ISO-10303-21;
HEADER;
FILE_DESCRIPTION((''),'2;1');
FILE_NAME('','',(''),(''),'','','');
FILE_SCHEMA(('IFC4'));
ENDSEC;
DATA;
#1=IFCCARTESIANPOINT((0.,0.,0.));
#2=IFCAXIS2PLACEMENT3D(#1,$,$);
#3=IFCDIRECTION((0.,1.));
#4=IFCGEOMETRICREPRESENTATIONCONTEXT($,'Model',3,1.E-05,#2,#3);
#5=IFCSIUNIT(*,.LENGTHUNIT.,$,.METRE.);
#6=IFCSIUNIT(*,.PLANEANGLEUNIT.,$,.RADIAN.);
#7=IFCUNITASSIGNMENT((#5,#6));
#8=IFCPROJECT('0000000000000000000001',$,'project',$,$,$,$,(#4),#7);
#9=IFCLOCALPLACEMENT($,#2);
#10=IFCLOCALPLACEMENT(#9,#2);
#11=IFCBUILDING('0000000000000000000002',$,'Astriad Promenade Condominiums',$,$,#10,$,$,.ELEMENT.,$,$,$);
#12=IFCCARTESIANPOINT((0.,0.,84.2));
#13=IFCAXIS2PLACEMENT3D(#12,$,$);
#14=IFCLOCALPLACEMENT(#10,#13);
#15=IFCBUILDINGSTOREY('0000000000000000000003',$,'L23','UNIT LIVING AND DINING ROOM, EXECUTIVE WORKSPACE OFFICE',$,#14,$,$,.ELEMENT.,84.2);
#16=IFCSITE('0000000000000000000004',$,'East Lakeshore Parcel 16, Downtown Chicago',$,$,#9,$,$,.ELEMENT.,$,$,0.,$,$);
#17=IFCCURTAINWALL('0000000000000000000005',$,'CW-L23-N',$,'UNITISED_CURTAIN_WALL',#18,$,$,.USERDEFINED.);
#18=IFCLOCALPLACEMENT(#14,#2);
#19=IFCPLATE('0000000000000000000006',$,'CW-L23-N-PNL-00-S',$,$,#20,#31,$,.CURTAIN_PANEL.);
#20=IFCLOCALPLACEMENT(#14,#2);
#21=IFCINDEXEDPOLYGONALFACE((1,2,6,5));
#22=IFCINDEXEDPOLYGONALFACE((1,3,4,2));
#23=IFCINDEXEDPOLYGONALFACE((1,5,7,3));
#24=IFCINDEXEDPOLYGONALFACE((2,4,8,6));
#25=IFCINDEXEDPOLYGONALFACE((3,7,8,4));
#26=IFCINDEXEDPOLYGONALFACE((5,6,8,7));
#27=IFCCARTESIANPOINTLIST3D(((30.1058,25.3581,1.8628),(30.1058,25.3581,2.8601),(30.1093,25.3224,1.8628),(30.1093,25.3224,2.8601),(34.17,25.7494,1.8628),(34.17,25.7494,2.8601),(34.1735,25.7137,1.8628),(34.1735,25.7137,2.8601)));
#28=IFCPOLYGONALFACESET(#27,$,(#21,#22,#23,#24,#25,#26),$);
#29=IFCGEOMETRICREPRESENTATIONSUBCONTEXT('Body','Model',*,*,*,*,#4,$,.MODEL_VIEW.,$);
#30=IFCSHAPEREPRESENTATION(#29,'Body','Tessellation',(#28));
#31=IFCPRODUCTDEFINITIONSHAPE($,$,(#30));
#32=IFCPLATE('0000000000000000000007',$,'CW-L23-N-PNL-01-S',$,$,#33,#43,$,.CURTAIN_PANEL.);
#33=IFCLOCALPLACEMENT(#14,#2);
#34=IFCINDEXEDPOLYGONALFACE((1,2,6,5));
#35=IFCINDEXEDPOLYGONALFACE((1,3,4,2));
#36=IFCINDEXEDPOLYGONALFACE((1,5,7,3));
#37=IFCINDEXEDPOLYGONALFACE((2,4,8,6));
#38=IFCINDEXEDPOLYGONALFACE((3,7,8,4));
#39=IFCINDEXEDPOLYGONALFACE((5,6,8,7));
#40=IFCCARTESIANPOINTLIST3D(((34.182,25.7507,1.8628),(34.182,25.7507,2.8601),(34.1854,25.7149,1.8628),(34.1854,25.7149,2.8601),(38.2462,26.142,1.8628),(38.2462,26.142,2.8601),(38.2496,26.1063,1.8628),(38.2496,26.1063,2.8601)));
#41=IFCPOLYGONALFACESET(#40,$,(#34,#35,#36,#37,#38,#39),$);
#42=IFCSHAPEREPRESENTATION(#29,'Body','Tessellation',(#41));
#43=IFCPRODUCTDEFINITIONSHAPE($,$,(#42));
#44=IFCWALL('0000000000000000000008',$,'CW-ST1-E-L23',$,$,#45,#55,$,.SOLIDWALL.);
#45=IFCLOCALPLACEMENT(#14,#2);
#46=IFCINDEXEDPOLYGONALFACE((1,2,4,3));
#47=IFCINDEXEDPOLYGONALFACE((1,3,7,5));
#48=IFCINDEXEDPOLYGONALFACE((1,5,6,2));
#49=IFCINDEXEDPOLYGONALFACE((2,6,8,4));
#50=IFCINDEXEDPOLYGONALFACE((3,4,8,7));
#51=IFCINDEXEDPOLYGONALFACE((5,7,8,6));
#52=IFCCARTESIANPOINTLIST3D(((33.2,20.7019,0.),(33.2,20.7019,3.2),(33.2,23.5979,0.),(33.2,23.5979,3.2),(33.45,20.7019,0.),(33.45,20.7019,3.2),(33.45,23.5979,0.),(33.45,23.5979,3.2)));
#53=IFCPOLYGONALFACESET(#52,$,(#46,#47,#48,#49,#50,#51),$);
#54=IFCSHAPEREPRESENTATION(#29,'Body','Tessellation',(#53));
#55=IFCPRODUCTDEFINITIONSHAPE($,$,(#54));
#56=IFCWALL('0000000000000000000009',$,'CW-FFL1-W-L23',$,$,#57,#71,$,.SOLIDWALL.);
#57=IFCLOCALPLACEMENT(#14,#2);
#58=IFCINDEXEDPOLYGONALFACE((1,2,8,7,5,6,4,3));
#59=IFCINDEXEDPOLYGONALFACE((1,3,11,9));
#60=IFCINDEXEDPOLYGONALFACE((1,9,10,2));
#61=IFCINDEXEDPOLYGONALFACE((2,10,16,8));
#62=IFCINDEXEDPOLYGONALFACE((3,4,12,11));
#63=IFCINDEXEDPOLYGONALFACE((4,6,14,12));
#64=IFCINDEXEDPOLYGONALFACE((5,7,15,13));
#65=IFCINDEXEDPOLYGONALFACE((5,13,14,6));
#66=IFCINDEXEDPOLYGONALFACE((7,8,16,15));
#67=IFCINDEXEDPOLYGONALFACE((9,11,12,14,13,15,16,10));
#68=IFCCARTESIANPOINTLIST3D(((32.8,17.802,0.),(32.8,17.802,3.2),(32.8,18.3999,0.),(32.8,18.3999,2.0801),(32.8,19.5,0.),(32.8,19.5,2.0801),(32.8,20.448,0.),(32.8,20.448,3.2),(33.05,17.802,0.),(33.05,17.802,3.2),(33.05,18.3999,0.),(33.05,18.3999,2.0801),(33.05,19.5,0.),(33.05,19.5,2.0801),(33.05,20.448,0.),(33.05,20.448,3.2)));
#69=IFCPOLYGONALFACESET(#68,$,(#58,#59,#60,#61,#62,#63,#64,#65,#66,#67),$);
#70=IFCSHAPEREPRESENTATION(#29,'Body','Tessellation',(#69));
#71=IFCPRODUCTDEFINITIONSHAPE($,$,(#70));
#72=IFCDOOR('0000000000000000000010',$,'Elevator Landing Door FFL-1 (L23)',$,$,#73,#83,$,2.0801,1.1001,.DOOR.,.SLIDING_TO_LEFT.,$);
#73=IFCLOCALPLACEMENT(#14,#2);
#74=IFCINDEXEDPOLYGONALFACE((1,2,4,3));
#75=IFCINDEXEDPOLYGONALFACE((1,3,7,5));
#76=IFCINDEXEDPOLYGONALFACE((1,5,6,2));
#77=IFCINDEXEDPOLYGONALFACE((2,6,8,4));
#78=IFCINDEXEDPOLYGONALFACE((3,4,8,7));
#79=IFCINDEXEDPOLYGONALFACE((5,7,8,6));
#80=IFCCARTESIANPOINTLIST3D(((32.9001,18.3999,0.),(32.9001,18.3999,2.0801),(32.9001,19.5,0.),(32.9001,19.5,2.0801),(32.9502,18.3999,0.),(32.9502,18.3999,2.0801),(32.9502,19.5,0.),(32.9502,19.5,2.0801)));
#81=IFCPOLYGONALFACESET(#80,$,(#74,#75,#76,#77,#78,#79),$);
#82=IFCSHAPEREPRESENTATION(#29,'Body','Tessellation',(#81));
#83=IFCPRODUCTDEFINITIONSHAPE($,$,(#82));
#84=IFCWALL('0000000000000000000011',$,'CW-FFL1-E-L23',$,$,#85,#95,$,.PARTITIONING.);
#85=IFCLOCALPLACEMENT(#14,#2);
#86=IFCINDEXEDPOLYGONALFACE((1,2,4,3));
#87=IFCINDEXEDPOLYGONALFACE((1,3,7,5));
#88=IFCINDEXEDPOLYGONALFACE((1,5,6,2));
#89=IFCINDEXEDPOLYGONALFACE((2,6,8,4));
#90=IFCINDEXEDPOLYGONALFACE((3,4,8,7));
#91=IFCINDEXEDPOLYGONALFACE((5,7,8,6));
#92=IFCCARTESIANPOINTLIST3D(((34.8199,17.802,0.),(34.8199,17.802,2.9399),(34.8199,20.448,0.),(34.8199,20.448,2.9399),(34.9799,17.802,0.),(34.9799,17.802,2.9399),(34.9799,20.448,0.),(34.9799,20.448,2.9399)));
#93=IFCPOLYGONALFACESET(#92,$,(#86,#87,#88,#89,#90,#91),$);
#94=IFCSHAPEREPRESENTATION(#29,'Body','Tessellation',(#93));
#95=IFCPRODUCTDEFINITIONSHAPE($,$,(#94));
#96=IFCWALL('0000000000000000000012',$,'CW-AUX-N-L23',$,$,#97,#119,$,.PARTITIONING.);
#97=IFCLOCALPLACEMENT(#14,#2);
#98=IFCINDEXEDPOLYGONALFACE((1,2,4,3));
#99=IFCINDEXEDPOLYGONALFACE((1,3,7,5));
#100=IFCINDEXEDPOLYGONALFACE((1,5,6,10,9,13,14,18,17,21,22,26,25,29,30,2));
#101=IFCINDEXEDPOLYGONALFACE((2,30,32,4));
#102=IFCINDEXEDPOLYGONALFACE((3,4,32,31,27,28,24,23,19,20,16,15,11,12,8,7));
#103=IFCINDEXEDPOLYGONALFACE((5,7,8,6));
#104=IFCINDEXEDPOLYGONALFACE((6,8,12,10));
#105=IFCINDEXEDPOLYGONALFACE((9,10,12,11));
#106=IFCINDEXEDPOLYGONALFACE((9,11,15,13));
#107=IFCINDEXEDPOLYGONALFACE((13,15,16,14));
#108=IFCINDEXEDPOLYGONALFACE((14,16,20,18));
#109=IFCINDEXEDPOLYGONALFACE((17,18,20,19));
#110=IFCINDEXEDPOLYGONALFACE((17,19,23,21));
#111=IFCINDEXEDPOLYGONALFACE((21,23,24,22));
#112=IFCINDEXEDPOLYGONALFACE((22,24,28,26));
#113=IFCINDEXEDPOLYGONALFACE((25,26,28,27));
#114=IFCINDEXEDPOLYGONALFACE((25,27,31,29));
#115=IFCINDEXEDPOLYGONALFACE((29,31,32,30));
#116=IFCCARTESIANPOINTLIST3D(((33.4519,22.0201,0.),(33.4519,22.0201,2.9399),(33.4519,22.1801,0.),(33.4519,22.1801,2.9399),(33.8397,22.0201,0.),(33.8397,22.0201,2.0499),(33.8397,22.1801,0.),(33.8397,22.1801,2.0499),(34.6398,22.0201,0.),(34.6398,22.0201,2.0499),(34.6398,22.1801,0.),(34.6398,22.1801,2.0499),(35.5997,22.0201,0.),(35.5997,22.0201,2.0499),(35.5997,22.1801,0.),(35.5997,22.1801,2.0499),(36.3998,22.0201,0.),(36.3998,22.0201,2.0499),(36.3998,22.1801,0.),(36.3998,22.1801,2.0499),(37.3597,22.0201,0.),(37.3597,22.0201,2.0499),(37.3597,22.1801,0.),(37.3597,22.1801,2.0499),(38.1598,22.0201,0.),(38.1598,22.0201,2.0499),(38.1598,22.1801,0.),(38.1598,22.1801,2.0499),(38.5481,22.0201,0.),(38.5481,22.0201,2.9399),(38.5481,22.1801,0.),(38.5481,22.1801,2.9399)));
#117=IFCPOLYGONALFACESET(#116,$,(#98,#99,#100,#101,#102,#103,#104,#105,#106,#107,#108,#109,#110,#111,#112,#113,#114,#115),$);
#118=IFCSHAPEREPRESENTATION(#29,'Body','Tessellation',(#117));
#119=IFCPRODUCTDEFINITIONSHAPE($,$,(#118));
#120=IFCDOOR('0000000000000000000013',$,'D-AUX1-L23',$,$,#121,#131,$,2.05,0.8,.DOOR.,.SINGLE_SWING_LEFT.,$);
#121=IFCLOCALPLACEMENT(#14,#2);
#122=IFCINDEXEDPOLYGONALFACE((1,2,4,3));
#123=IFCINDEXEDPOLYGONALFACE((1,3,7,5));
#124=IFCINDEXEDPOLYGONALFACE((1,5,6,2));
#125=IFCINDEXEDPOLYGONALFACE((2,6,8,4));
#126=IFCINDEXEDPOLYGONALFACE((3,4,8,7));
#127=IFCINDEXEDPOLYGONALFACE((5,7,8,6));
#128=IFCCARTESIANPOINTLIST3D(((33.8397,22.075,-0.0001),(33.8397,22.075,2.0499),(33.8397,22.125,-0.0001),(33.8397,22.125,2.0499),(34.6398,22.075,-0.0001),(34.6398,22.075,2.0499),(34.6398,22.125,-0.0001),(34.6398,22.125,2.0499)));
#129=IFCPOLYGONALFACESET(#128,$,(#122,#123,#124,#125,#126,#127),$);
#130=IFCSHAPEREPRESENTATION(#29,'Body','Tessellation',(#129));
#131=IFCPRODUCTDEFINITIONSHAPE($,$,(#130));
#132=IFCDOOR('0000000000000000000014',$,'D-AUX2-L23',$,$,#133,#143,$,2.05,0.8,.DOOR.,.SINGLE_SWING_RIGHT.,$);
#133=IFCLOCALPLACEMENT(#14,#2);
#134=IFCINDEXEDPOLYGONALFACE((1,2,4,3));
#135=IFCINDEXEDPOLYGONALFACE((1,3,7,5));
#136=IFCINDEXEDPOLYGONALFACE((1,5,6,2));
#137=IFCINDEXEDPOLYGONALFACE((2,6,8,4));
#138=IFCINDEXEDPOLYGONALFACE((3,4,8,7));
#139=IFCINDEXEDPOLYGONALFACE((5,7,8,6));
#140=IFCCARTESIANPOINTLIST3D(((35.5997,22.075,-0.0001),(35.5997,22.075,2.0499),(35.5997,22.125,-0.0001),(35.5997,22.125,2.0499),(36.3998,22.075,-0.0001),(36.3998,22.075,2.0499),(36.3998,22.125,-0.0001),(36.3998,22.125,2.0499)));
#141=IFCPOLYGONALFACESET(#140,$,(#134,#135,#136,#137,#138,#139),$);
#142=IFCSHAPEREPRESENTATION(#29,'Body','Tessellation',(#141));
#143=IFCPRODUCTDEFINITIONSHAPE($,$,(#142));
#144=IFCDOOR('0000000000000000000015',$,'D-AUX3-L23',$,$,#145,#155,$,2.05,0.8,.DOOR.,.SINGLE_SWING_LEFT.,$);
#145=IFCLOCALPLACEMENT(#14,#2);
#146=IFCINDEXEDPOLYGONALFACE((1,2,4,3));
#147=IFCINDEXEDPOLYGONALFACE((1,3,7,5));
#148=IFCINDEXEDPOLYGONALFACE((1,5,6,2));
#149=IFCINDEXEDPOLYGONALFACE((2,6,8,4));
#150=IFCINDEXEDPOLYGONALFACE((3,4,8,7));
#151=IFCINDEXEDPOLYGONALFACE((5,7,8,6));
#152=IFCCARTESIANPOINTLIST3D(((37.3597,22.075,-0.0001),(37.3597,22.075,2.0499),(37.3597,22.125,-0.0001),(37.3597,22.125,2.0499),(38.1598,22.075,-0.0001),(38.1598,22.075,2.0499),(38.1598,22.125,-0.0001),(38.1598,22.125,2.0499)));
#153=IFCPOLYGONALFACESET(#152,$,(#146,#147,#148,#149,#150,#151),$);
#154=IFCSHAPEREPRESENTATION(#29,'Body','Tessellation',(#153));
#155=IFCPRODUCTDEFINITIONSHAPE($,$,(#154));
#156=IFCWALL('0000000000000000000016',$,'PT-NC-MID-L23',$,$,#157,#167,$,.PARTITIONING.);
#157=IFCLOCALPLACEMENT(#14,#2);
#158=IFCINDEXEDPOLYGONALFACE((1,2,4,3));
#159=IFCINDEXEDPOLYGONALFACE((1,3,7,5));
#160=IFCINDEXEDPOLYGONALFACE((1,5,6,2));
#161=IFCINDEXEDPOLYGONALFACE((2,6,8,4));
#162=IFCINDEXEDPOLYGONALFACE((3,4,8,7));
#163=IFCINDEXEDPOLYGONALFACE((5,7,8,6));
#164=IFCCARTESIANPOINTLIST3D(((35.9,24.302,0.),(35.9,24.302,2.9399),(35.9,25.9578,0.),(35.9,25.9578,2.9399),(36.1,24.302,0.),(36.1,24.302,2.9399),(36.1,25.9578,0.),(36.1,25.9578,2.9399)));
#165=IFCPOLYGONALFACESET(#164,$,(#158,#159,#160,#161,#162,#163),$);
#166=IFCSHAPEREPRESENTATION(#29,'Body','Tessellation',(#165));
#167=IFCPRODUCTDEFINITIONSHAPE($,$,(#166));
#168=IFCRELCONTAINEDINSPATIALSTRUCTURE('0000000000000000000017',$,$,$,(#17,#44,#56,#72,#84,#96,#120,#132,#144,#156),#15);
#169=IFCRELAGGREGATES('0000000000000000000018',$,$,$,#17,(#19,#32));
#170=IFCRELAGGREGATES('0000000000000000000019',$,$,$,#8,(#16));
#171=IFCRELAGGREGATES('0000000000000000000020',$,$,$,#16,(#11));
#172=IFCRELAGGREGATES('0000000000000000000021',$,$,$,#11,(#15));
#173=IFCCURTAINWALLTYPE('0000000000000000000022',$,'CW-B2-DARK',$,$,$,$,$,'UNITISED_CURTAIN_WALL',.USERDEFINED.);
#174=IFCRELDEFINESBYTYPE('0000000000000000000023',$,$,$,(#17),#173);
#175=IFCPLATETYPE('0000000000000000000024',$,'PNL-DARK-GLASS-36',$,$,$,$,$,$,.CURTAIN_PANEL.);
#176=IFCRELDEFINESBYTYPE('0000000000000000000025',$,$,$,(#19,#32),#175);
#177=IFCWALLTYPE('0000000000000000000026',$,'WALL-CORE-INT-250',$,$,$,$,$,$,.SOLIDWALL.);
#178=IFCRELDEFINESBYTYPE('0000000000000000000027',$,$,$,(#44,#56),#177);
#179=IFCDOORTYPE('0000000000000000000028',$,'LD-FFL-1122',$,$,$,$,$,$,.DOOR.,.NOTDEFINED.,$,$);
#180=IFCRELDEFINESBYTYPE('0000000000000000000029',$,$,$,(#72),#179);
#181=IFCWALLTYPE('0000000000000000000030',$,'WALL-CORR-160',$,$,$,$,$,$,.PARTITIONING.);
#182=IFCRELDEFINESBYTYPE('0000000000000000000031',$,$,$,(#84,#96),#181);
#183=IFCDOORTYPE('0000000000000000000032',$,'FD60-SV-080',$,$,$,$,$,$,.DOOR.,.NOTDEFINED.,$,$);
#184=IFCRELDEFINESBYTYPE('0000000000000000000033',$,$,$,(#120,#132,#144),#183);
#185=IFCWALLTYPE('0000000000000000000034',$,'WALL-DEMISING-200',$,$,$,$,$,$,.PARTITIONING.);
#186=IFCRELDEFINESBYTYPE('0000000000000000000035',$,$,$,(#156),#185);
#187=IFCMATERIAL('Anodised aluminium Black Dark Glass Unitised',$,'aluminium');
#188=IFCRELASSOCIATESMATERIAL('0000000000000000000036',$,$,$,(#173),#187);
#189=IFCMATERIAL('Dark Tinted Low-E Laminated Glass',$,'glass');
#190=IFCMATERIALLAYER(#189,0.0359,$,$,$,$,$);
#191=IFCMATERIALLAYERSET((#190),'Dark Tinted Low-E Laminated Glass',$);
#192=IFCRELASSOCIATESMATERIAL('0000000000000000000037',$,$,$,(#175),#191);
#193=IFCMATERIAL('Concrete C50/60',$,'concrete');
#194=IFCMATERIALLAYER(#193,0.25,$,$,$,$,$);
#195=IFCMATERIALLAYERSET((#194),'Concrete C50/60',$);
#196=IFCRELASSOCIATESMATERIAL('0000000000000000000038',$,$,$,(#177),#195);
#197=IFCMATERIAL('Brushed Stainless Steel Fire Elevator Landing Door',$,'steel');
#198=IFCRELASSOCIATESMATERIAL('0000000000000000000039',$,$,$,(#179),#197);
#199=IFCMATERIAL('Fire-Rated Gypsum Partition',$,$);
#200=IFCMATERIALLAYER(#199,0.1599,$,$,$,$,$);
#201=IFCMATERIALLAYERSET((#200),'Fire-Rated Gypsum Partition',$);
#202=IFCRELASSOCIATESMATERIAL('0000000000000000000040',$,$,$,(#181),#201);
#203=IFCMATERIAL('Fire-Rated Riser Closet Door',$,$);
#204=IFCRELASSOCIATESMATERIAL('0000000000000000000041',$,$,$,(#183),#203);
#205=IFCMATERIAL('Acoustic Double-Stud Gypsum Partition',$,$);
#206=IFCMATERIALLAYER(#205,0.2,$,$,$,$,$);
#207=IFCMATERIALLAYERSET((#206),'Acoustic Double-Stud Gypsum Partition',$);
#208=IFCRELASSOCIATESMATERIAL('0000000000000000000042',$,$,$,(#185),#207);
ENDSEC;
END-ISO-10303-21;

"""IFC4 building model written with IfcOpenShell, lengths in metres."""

from ifc_helpers import new_model, si_unit, direction, frame, frame_2d, origin, origin_2d, place, context, subcontext, project, spatial, rectangle, extrude, source, transform, mapped, material, layer, layer_set, type_object, type_shapes, element, fill, aggregate, save


model = new_model("IFC4")

# Units and contexts
model_context = context("Model", 3, precision=1e-05, world=origin(), true_north=direction((0.0, 1.0)))
body_context = subcontext(model_context, "Body", "Model", "MODEL_VIEW")
ifc_project = project(units=[si_unit("LENGTHUNIT", "METRE"), si_unit("PLANEANGLEUNIT", "RADIAN")], contexts=[model_context])

# Site, building, storey
site_placement = place(None, origin())
site = spatial("IfcSite", under=ifc_project, at=site_placement, Name="East Lakeshore Parcel 16, Downtown Chicago", CompositionType="ELEMENT", RefElevation=0.0)
building_placement = place(site_placement, origin())
building = spatial("IfcBuilding", under=site, at=building_placement, Name="Astriad Promenade Condominiums", CompositionType="ELEMENT")
storey_placement = place(building_placement, frame((0.0, 0.0, 84.2)))
storey = spatial("IfcBuildingStorey", under=building, at=storey_placement, Name="L23", Description="UNIT LIVING AND DINING ROOM, EXECUTIVE WORKSPACE OFFICE", CompositionType="ELEMENT", Elevation=84.2)

# Curtain wall, plates
ifc_material_1 = material(Name="Anodised aluminium Black Dark Glass Unitised", Category="aluminium")
curtain_wall_type = type_object("IfcCurtainWallType", Name="CW-B2-DARK", ElementType="UNITISED_CURTAIN_WALL", PredefinedType="USERDEFINED", material=ifc_material_1)
curtain_wall_placement = place(storey_placement, origin())
curtain_wall = element("IfcCurtainWall", 1, at=curtain_wall_placement, inside=storey, type_object=curtain_wall_type, Name="CW-L23-N", ObjectType="UNITISED_CURTAIN_WALL", PredefinedType="USERDEFINED")
ifc_material_2 = material(Name="Dark Tinted Low-E Laminated Glass", Category="glass")
ifc_layer_1 = layer(ifc_material_2, 0.0359)
ifc_layer_set_1 = layer_set([ifc_layer_1], Name="Dark Tinted Low-E Laminated Glass")
plate_type = type_object("IfcPlateType", Name="PNL-DARK-GLASS-36", PredefinedType="CURTAIN_PANEL", material=ifc_layer_set_1)
shared_shape_1 = source(origin(), body_context, "Body", "SweptSolid", [
    extrude(rectangle(XDim=4.083, YDim=0.0359, at=origin_2d()), origin(), (0.0, 0.0, 1.0), 0.9973),
])
plate_1_placement = place(storey_placement, frame((32.1396, 25.5359, 1.8628), z_axis=(0.0, 0.0, 1.0), x_axis=(0.995396, 0.095846, 0.0)))
plate_1 = element("IfcPlate", 2, at=plate_1_placement, type_object=plate_type, Name="CW-L23-N-PNL-00-S", PredefinedType="CURTAIN_PANEL", context=body_context, shape_type="MappedRepresentation", body=[
    mapped(shared_shape_1, transform((0.0, 0.0, 0.0), scale=1.0)),
])
plate_2_placement = place(storey_placement, frame((36.2158, 25.9285, 1.8628), z_axis=(0.0, 0.0, 1.0), x_axis=(0.995396, 0.095846, 0.0)))
plate_2 = element("IfcPlate", 3, at=plate_2_placement, type_object=plate_type, Name="CW-L23-N-PNL-01-S", PredefinedType="CURTAIN_PANEL", context=body_context, shape_type="MappedRepresentation", body=[
    mapped(shared_shape_1, transform((0.0, 0.0, 0.0), scale=1.0)),
])
aggregate(curtain_wall, [plate_1, plate_2])

# Wall
ifc_material_3 = material(Name="Concrete C50/60", Category="concrete")
ifc_layer_2 = layer(ifc_material_3, 0.25)
ifc_layer_set_2 = layer_set([ifc_layer_2], Name="Concrete C50/60")
wall_type_1 = type_object("IfcWallType", Name="WALL-CORE-INT-250", PredefinedType="SOLIDWALL", material=ifc_layer_set_2)
wall_1_placement = place(storey_placement, frame((33.325, 20.7019, 0.0), z_axis=(0.0, 0.0, 1.0), x_axis=(0.0, 1.0, 0.0)))
element("IfcWall", 4, at=wall_1_placement, inside=storey, type_object=wall_type_1, Name="CW-ST1-E-L23", PredefinedType="SOLIDWALL", context=body_context, shape_type="SweptSolid", body=[
    extrude(rectangle(XDim=2.896, YDim=0.25, at=frame_2d((1.448, 0.0))), origin(), (0.0, 0.0, 1.0), 3.2),
])

# Wall, opening, door
wall_2_placement = place(storey_placement, frame((32.925, 17.802, 0.0), z_axis=(0.0, 0.0, 1.0), x_axis=(0.0, 1.0, 0.0)))
wall_2 = element("IfcWall", 5, at=wall_2_placement, inside=storey, type_object=wall_type_1, Name="CW-FFL1-W-L23", PredefinedType="SOLIDWALL", context=body_context, shape_type="SweptSolid", body=[
    extrude(rectangle(XDim=2.646, YDim=0.25, at=frame_2d((1.323, 0.0))), origin(), (0.0, 0.0, 1.0), 3.2),
])
opening_1_placement = place(wall_2_placement, frame((0.5979, 0.0, 0.0)))
opening_1 = element("IfcOpeningElement", 6, at=opening_1_placement, cuts=wall_2, PredefinedType="OPENING", context=body_context, shape_type="SweptSolid", body=[
    extrude(rectangle(XDim=1.1001, YDim=2.0801, at=frame_2d((0.55, 1.04))), frame((0.0, 0.135, 0.0), z_axis=(0.0, -1.0, 0.0), x_axis=(1.0, 0.0, 0.0)), (0.0, 0.0, 1.0), 0.27),
])
ifc_material_4 = material(Name="Brushed Stainless Steel Fire Elevator Landing Door", Category="steel")
door_type_1 = type_object("IfcDoorType", Name="LD-FFL-1122", OperationType="NOTDEFINED", PredefinedType="DOOR", material=ifc_material_4)
shared_shape_2 = source(origin(), body_context, "Body", "SweptSolid", [
    extrude(rectangle(XDim=1.1001, YDim=2.0801, at=frame_2d((0.55, 1.04))), frame((0.0, 0.0249, 0.0), z_axis=(0.0, -1.0, 0.0), x_axis=(1.0, 0.0, 0.0)), (0.0, 0.0, 1.0), 0.05),
])
type_shapes(door_type_1, [shared_shape_2])
door_1_placement = place(opening_1_placement, origin())
door_1 = element("IfcDoor", 7, at=door_1_placement, inside=storey, type_object=door_type_1, Name="Elevator Landing Door FFL-1 (L23)", OperationType="SLIDING_TO_LEFT", OverallHeight=2.0801, OverallWidth=1.1001, PredefinedType="DOOR", context=body_context, shape_type="MappedRepresentation", body=[
    mapped(shared_shape_2, transform((0.0, 0.0, 0.0), scale=1.0)),
])
fill(opening_1, door_1)

# Wall
ifc_material_5 = material(Name="Fire-Rated Gypsum Partition")
ifc_layer_3 = layer(ifc_material_5, 0.1599)
ifc_layer_set_3 = layer_set([ifc_layer_3], Name="Fire-Rated Gypsum Partition")
wall_type_2 = type_object("IfcWallType", Name="WALL-CORR-160", PredefinedType="PARTITIONING", material=ifc_layer_set_3)
wall_3_placement = place(storey_placement, frame((34.8999, 17.802, 0.0), z_axis=(0.0, 0.0, 1.0), x_axis=(0.0, 1.0, 0.0)))
element("IfcWall", 8, at=wall_3_placement, inside=storey, type_object=wall_type_2, Name="CW-FFL1-E-L23", PredefinedType="PARTITIONING", context=body_context, shape_type="SweptSolid", body=[
    extrude(rectangle(XDim=2.646, YDim=0.1599, at=frame_2d((1.323, 0.0))), origin(), (0.0, 0.0, 1.0), 2.9399),
])

# Wall, openings, doors
wall_4_placement = place(storey_placement, frame((33.4519, 22.1001, 0.0), z_axis=(0.0, 0.0, 1.0), x_axis=(1.0, 0.0, 0.0)))
wall_4 = element("IfcWall", 9, at=wall_4_placement, inside=storey, type_object=wall_type_2, Name="CW-AUX-N-L23", PredefinedType="PARTITIONING", context=body_context, shape_type="SweptSolid", body=[
    extrude(rectangle(XDim=5.0962, YDim=0.1599, at=frame_2d((2.5481, 0.0))), origin(), (0.0, 0.0, 1.0), 2.9399),
])
opening_2_placement = place(wall_4_placement, frame((0.3879, 0.0, 0.0)))
opening_2 = element("IfcOpeningElement", 10, at=opening_2_placement, cuts=wall_4, PredefinedType="OPENING", context=body_context, shape_type="SweptSolid", body=[
    extrude(rectangle(XDim=0.8, YDim=2.05, at=frame_2d((0.3999, 1.0249))), frame((0.0, 0.0898, 0.0), z_axis=(0.0, -1.0, 0.0), x_axis=(1.0, 0.0, 0.0)), (0.0, 0.0, 1.0), 0.1799),
])
opening_3_placement = place(wall_4_placement, frame((2.1479, 0.0, 0.0)))
opening_3 = element("IfcOpeningElement", 11, at=opening_3_placement, cuts=wall_4, PredefinedType="OPENING", context=body_context, shape_type="SweptSolid", body=[
    extrude(rectangle(XDim=0.8, YDim=2.05, at=frame_2d((0.3999, 1.0249))), frame((0.0, 0.0898, 0.0), z_axis=(0.0, -1.0, 0.0), x_axis=(1.0, 0.0, 0.0)), (0.0, 0.0, 1.0), 0.1799),
])
opening_4_placement = place(wall_4_placement, frame((3.908, 0.0, 0.0)))
opening_4 = element("IfcOpeningElement", 12, at=opening_4_placement, cuts=wall_4, PredefinedType="OPENING", context=body_context, shape_type="SweptSolid", body=[
    extrude(rectangle(XDim=0.8, YDim=2.05, at=frame_2d((0.3999, 1.0249))), frame((0.0, 0.0898, 0.0), z_axis=(0.0, -1.0, 0.0), x_axis=(1.0, 0.0, 0.0)), (0.0, 0.0, 1.0), 0.1799),
])
ifc_material_6 = material(Name="Fire-Rated Riser Closet Door")
door_type_2 = type_object("IfcDoorType", Name="FD60-SV-080", OperationType="NOTDEFINED", PredefinedType="DOOR", material=ifc_material_6)
shared_shape_3 = source(origin(), body_context, "Body", "SweptSolid", [
    extrude(rectangle(XDim=0.8, YDim=2.05, at=frame_2d((0.3999, 1.0249))), frame((0.0, 0.0249, 0.0), z_axis=(0.0, -1.0, 0.0), x_axis=(1.0, 0.0, 0.0)), (0.0, 0.0, 1.0), 0.05),
])
type_shapes(door_type_2, [shared_shape_3])
door_2_placement = place(opening_2_placement, origin())
door_2 = element("IfcDoor", 13, at=door_2_placement, inside=storey, type_object=door_type_2, Name="D-AUX1-L23", OperationType="SINGLE_SWING_LEFT", OverallHeight=2.05, OverallWidth=0.8, PredefinedType="DOOR", context=body_context, shape_type="MappedRepresentation", body=[
    mapped(shared_shape_3, transform((0.0, 0.0, 0.0), scale=1.0)),
])
fill(opening_2, door_2)
door_3_placement = place(opening_3_placement, origin())
door_3 = element("IfcDoor", 14, at=door_3_placement, inside=storey, type_object=door_type_2, Name="D-AUX2-L23", OperationType="SINGLE_SWING_RIGHT", OverallHeight=2.05, OverallWidth=0.8, PredefinedType="DOOR", context=body_context, shape_type="MappedRepresentation", body=[
    mapped(shared_shape_3, transform((0.0, 0.0, 0.0), scale=1.0)),
])
fill(opening_3, door_3)
door_4_placement = place(opening_4_placement, origin())
door_4 = element("IfcDoor", 15, at=door_4_placement, inside=storey, type_object=door_type_2, Name="D-AUX3-L23", OperationType="SINGLE_SWING_LEFT", OverallHeight=2.05, OverallWidth=0.8, PredefinedType="DOOR", context=body_context, shape_type="MappedRepresentation", body=[
    mapped(shared_shape_3, transform((0.0, 0.0, 0.0), scale=1.0)),
])
fill(opening_4, door_4)

# Wall
ifc_material_7 = material(Name="Acoustic Double-Stud Gypsum Partition")
ifc_layer_4 = layer(ifc_material_7, 0.2)
ifc_layer_set_4 = layer_set([ifc_layer_4], Name="Acoustic Double-Stud Gypsum Partition")
wall_type_3 = type_object("IfcWallType", Name="WALL-DEMISING-200", PredefinedType="PARTITIONING", material=ifc_layer_set_4)
wall_5_placement = place(storey_placement, frame((36.0, 24.302, 0.0), z_axis=(0.0, 0.0, 1.0), x_axis=(0.0, 1.0, 0.0)))
element("IfcWall", 16, at=wall_5_placement, inside=storey, type_object=wall_type_3, Name="PT-NC-MID-L23", PredefinedType="PARTITIONING", context=body_context, shape_type="SweptSolid", body=[
    extrude(rectangle(XDim=1.6558, YDim=0.2, at=frame_2d((0.8279, 0.0))), origin(), (0.0, 0.0, 1.0), 2.9399),
])

save(model, "model.ifc")
